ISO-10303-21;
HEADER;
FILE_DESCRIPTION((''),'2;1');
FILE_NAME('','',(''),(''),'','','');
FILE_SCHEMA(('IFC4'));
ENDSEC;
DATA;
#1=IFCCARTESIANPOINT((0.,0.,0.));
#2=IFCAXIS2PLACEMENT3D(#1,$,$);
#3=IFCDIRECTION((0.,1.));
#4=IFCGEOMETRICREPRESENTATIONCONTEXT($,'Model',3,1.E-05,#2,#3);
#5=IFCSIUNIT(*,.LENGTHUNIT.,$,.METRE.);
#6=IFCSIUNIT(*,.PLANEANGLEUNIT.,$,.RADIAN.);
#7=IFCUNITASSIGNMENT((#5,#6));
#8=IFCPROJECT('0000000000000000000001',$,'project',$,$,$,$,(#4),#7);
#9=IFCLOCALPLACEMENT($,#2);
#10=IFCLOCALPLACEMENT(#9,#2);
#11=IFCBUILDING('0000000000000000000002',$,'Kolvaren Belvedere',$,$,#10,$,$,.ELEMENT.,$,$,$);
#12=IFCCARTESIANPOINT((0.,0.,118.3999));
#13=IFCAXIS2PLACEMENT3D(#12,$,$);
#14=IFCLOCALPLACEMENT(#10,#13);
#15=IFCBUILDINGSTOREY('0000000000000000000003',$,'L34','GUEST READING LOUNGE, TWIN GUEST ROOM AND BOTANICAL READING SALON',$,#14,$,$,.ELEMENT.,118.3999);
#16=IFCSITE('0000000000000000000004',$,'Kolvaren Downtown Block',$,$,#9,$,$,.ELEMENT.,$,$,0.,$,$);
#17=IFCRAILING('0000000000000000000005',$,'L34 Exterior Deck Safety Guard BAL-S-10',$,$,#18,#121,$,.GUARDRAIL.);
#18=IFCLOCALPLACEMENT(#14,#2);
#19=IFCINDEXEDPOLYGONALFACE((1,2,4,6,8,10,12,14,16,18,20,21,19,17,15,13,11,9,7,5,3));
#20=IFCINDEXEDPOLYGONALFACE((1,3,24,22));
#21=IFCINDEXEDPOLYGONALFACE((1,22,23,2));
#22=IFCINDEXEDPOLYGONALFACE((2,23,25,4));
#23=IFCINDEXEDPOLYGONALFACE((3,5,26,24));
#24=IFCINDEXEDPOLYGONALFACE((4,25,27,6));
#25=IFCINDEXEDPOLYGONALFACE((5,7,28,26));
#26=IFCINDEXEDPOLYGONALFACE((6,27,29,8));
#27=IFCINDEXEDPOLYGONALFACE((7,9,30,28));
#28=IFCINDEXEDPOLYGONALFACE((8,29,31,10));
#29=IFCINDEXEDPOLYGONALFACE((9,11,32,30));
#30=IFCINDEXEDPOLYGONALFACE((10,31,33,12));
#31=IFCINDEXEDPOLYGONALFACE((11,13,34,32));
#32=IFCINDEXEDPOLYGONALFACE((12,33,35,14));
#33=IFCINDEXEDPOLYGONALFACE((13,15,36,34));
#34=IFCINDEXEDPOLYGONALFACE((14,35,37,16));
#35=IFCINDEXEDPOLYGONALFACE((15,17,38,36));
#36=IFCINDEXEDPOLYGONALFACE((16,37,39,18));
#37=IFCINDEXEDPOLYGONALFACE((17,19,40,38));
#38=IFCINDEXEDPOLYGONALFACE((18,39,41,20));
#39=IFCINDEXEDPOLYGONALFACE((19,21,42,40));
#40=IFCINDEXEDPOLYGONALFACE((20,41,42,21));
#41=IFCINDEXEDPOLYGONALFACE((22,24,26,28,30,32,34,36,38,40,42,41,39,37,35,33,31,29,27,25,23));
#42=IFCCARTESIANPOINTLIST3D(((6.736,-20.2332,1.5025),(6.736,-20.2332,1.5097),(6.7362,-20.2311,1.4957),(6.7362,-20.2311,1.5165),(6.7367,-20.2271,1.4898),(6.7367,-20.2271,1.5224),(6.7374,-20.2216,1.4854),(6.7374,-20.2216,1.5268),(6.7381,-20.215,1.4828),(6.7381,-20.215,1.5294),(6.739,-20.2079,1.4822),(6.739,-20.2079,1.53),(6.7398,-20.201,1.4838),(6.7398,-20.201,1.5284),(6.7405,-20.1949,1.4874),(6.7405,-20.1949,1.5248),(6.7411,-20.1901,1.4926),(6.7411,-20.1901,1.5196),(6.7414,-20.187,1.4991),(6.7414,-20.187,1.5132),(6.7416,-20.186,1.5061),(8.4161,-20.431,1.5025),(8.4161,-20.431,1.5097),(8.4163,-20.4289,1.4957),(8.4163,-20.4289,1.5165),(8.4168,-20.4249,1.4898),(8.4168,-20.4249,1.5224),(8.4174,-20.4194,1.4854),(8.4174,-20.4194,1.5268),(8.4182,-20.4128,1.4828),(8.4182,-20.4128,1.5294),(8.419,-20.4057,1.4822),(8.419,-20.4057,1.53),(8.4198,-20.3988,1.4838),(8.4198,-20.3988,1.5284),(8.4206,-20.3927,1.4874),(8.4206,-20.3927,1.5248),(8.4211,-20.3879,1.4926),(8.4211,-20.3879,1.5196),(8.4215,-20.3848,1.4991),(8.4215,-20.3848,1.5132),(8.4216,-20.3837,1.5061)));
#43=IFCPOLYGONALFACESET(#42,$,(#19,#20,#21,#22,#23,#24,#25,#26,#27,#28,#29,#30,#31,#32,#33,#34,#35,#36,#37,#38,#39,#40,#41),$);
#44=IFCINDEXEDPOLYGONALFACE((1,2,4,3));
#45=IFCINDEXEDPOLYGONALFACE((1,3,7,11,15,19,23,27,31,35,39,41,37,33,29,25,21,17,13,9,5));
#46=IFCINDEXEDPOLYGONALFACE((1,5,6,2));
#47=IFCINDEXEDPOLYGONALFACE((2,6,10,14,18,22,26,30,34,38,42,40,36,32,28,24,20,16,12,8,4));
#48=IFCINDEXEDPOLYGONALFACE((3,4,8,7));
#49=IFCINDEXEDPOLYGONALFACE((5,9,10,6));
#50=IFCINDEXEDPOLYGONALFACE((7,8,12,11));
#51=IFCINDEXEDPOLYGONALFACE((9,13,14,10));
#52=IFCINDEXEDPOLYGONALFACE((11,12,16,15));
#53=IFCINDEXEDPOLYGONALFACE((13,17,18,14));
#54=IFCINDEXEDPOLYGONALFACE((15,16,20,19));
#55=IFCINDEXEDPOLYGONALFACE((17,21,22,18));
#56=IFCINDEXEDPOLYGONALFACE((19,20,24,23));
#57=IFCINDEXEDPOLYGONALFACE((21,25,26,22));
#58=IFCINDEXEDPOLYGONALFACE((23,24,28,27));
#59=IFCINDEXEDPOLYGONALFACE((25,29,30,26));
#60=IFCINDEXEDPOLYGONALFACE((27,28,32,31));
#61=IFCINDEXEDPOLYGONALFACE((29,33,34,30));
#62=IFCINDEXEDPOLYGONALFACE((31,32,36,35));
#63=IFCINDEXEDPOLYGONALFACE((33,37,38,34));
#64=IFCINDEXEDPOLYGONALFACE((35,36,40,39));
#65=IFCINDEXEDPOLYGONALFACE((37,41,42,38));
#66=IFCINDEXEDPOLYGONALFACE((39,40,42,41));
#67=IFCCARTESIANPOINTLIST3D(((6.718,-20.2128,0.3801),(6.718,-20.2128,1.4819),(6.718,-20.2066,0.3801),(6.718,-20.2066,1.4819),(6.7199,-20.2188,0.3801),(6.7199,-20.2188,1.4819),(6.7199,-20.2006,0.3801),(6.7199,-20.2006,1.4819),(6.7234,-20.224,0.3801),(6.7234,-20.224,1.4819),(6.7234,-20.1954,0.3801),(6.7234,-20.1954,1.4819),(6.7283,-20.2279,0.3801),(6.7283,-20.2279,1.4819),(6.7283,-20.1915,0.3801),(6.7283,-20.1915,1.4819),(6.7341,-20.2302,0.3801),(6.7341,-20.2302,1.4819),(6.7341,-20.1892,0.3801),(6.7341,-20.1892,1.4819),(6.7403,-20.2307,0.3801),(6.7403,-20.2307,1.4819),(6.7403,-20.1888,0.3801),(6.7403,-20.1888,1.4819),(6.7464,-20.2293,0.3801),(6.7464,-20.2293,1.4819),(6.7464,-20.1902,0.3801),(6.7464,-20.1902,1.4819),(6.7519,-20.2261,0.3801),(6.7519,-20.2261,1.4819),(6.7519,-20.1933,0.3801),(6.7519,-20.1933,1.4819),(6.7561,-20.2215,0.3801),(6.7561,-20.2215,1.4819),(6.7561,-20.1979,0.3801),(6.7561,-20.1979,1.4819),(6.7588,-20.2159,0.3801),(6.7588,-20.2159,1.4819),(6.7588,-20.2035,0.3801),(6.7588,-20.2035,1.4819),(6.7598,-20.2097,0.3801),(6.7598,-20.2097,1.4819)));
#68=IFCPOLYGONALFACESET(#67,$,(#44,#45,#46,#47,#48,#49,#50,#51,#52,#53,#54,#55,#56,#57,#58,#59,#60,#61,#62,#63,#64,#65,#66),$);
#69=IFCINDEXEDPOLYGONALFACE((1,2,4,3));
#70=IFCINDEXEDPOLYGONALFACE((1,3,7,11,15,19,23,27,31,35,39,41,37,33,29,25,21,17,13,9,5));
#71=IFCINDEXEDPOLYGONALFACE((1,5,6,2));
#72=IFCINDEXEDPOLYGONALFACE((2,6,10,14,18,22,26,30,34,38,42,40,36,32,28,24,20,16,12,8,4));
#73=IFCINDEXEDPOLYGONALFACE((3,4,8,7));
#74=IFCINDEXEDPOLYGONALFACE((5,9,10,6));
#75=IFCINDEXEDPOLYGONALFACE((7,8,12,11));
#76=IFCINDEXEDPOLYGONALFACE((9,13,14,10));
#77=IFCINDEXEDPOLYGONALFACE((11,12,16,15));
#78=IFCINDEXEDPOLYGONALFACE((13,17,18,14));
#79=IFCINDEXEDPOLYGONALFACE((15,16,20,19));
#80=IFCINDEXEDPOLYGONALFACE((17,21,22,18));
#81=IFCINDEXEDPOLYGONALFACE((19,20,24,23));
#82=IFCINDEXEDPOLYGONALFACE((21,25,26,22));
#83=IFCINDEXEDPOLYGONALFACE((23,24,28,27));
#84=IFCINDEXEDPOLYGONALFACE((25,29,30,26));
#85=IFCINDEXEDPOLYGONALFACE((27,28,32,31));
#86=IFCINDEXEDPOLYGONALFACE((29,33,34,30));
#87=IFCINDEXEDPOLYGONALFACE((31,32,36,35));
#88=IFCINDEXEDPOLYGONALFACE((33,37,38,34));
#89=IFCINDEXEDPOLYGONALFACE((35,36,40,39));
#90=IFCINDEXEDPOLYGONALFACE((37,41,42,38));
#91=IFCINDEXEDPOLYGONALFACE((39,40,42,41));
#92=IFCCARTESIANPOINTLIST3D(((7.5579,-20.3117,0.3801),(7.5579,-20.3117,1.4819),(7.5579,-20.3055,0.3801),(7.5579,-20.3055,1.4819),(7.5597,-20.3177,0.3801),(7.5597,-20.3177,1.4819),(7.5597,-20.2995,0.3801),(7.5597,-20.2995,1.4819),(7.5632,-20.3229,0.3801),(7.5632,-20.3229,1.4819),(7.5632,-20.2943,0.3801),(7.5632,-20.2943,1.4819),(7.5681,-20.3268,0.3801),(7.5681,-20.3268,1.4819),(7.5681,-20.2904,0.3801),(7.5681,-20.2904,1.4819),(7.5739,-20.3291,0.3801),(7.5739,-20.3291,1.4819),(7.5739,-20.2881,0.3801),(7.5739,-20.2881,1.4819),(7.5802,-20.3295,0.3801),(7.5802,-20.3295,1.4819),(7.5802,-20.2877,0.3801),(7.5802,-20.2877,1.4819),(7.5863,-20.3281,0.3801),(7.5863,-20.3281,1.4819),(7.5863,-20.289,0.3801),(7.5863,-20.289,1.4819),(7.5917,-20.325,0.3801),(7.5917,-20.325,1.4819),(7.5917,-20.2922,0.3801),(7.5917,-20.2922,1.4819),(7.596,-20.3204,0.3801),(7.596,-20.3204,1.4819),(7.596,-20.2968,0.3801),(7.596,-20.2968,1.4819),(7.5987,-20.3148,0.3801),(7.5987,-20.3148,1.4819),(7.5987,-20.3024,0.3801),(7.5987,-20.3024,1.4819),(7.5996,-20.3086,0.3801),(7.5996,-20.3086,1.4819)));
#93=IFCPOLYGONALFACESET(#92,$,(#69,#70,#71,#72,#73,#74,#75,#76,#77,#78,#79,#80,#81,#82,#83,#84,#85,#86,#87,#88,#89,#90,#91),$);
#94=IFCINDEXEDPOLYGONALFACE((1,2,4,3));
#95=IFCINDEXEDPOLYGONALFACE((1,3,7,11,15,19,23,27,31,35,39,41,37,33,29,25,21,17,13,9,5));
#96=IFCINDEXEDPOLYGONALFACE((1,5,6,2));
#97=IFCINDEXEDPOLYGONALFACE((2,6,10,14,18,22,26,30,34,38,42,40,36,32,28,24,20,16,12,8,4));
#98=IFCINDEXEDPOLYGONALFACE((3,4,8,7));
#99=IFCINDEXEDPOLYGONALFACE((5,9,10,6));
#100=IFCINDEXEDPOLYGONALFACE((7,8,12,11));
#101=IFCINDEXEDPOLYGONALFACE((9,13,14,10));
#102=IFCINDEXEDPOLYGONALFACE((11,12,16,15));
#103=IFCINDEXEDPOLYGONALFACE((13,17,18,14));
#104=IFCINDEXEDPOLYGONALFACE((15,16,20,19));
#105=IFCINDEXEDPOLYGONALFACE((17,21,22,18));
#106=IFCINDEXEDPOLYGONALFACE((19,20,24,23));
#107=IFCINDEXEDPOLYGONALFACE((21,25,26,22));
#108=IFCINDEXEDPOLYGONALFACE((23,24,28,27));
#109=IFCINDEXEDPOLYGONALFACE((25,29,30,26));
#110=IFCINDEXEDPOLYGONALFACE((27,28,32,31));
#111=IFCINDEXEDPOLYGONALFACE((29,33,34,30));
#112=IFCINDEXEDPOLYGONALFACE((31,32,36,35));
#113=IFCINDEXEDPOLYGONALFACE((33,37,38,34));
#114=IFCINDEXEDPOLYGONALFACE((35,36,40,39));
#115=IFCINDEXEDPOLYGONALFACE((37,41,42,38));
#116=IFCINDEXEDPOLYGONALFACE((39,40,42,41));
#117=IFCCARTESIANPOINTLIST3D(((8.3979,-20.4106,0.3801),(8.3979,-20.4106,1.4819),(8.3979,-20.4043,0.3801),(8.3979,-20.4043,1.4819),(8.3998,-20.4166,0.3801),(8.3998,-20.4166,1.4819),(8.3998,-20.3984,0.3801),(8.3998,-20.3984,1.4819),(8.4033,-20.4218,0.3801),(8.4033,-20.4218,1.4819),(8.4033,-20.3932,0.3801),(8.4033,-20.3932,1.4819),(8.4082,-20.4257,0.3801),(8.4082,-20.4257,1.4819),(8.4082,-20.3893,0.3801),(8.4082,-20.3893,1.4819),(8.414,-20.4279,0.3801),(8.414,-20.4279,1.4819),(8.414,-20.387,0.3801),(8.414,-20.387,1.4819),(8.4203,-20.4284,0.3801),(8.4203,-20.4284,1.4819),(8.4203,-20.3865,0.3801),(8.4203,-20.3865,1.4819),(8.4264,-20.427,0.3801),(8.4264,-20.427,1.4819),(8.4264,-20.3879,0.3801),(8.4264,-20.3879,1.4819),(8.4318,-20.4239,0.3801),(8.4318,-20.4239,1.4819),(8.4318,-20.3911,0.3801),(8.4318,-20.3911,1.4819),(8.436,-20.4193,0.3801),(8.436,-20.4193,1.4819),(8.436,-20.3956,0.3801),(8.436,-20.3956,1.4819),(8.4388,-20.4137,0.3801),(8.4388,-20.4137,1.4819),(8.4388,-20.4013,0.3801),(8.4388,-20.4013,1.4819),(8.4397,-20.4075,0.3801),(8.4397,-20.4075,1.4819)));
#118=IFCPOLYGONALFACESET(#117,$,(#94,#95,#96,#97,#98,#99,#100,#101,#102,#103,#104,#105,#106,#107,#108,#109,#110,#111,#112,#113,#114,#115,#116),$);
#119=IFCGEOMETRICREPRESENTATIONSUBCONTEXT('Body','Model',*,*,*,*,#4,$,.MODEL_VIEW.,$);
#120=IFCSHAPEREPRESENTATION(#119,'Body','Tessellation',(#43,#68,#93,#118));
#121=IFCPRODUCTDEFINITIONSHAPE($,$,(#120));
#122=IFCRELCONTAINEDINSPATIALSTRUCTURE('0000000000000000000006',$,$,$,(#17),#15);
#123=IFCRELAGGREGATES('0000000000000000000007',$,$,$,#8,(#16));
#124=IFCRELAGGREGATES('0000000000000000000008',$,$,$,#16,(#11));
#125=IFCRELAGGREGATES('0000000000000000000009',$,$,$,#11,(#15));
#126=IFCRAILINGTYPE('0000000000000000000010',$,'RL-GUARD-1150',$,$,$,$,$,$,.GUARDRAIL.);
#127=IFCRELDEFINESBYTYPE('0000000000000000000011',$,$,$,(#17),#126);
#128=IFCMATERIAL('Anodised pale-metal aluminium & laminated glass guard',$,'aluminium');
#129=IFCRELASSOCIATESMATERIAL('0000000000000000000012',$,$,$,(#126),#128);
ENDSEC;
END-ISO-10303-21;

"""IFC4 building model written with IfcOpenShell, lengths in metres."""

from ifc_helpers import new_model, si_unit, direction, frame, origin, origin_2d, place, context, subcontext, project, spatial, circle, extrude, material, type_object, element, save


model = new_model("IFC4")

# Units and contexts
model_context = context("Model", 3, precision=1e-05, world=origin(), true_north=direction((0.0, 1.0)))
body_context = subcontext(model_context, "Body", "Model", "MODEL_VIEW")
ifc_project = project(units=[si_unit("LENGTHUNIT", "METRE"), si_unit("PLANEANGLEUNIT", "RADIAN")], contexts=[model_context])

# Site, building, storey
site_placement = place(None, origin())
site = spatial("IfcSite", under=ifc_project, at=site_placement, Name="Kolvaren Downtown Block", CompositionType="ELEMENT", RefElevation=0.0)
building_placement = place(site_placement, origin())
building = spatial("IfcBuilding", under=site, at=building_placement, Name="Kolvaren Belvedere", CompositionType="ELEMENT")
storey_placement = place(building_placement, frame((0.0, 0.0, 118.3999)))
storey = spatial("IfcBuildingStorey", under=building, at=storey_placement, Name="L34", Description="GUEST READING LOUNGE, TWIN GUEST ROOM AND BOTANICAL READING SALON", CompositionType="ELEMENT", Elevation=118.3999)

# Railing
ifc_material_1 = material(Name="Anodised pale-metal aluminium & laminated glass guard", Category="aluminium")
railing_type = type_object("IfcRailingType", Name="RL-GUARD-1150", PredefinedType="GUARDRAIL", material=ifc_material_1)
railing_1_placement = place(storey_placement, frame((6.7388, -20.2097, 0.3801)))
element("IfcRailing", 1, at=railing_1_placement, inside=storey, type_object=railing_type, Name="L34 Exterior Deck Safety Guard BAL-S-10", PredefinedType="GUARDRAIL", context=body_context, shape_type="SweptSolid", body=[
    extrude(circle(Radius=0.0239, at=origin_2d()), frame((0.0, 0.0, 1.126), z_axis=(0.993143, -0.116908, 0.0), x_axis=(0.116908, 0.993143, 0.0)), (0.0, 0.0, 1.0), 1.6917),
    extrude(circle(Radius=0.021, at=origin_2d()), origin(), (0.0, 0.0, 1.0), 1.1018),
    extrude(circle(Radius=0.021, at=origin_2d()), frame((0.8398, -0.0989, 0.0)), (0.0, 0.0, 1.0), 1.1018),
    extrude(circle(Radius=0.021, at=origin_2d()), frame((1.6799, -0.1978, 0.0)), (0.0, 0.0, 1.0), 1.1018),
])

save(model, "model.ifc")
